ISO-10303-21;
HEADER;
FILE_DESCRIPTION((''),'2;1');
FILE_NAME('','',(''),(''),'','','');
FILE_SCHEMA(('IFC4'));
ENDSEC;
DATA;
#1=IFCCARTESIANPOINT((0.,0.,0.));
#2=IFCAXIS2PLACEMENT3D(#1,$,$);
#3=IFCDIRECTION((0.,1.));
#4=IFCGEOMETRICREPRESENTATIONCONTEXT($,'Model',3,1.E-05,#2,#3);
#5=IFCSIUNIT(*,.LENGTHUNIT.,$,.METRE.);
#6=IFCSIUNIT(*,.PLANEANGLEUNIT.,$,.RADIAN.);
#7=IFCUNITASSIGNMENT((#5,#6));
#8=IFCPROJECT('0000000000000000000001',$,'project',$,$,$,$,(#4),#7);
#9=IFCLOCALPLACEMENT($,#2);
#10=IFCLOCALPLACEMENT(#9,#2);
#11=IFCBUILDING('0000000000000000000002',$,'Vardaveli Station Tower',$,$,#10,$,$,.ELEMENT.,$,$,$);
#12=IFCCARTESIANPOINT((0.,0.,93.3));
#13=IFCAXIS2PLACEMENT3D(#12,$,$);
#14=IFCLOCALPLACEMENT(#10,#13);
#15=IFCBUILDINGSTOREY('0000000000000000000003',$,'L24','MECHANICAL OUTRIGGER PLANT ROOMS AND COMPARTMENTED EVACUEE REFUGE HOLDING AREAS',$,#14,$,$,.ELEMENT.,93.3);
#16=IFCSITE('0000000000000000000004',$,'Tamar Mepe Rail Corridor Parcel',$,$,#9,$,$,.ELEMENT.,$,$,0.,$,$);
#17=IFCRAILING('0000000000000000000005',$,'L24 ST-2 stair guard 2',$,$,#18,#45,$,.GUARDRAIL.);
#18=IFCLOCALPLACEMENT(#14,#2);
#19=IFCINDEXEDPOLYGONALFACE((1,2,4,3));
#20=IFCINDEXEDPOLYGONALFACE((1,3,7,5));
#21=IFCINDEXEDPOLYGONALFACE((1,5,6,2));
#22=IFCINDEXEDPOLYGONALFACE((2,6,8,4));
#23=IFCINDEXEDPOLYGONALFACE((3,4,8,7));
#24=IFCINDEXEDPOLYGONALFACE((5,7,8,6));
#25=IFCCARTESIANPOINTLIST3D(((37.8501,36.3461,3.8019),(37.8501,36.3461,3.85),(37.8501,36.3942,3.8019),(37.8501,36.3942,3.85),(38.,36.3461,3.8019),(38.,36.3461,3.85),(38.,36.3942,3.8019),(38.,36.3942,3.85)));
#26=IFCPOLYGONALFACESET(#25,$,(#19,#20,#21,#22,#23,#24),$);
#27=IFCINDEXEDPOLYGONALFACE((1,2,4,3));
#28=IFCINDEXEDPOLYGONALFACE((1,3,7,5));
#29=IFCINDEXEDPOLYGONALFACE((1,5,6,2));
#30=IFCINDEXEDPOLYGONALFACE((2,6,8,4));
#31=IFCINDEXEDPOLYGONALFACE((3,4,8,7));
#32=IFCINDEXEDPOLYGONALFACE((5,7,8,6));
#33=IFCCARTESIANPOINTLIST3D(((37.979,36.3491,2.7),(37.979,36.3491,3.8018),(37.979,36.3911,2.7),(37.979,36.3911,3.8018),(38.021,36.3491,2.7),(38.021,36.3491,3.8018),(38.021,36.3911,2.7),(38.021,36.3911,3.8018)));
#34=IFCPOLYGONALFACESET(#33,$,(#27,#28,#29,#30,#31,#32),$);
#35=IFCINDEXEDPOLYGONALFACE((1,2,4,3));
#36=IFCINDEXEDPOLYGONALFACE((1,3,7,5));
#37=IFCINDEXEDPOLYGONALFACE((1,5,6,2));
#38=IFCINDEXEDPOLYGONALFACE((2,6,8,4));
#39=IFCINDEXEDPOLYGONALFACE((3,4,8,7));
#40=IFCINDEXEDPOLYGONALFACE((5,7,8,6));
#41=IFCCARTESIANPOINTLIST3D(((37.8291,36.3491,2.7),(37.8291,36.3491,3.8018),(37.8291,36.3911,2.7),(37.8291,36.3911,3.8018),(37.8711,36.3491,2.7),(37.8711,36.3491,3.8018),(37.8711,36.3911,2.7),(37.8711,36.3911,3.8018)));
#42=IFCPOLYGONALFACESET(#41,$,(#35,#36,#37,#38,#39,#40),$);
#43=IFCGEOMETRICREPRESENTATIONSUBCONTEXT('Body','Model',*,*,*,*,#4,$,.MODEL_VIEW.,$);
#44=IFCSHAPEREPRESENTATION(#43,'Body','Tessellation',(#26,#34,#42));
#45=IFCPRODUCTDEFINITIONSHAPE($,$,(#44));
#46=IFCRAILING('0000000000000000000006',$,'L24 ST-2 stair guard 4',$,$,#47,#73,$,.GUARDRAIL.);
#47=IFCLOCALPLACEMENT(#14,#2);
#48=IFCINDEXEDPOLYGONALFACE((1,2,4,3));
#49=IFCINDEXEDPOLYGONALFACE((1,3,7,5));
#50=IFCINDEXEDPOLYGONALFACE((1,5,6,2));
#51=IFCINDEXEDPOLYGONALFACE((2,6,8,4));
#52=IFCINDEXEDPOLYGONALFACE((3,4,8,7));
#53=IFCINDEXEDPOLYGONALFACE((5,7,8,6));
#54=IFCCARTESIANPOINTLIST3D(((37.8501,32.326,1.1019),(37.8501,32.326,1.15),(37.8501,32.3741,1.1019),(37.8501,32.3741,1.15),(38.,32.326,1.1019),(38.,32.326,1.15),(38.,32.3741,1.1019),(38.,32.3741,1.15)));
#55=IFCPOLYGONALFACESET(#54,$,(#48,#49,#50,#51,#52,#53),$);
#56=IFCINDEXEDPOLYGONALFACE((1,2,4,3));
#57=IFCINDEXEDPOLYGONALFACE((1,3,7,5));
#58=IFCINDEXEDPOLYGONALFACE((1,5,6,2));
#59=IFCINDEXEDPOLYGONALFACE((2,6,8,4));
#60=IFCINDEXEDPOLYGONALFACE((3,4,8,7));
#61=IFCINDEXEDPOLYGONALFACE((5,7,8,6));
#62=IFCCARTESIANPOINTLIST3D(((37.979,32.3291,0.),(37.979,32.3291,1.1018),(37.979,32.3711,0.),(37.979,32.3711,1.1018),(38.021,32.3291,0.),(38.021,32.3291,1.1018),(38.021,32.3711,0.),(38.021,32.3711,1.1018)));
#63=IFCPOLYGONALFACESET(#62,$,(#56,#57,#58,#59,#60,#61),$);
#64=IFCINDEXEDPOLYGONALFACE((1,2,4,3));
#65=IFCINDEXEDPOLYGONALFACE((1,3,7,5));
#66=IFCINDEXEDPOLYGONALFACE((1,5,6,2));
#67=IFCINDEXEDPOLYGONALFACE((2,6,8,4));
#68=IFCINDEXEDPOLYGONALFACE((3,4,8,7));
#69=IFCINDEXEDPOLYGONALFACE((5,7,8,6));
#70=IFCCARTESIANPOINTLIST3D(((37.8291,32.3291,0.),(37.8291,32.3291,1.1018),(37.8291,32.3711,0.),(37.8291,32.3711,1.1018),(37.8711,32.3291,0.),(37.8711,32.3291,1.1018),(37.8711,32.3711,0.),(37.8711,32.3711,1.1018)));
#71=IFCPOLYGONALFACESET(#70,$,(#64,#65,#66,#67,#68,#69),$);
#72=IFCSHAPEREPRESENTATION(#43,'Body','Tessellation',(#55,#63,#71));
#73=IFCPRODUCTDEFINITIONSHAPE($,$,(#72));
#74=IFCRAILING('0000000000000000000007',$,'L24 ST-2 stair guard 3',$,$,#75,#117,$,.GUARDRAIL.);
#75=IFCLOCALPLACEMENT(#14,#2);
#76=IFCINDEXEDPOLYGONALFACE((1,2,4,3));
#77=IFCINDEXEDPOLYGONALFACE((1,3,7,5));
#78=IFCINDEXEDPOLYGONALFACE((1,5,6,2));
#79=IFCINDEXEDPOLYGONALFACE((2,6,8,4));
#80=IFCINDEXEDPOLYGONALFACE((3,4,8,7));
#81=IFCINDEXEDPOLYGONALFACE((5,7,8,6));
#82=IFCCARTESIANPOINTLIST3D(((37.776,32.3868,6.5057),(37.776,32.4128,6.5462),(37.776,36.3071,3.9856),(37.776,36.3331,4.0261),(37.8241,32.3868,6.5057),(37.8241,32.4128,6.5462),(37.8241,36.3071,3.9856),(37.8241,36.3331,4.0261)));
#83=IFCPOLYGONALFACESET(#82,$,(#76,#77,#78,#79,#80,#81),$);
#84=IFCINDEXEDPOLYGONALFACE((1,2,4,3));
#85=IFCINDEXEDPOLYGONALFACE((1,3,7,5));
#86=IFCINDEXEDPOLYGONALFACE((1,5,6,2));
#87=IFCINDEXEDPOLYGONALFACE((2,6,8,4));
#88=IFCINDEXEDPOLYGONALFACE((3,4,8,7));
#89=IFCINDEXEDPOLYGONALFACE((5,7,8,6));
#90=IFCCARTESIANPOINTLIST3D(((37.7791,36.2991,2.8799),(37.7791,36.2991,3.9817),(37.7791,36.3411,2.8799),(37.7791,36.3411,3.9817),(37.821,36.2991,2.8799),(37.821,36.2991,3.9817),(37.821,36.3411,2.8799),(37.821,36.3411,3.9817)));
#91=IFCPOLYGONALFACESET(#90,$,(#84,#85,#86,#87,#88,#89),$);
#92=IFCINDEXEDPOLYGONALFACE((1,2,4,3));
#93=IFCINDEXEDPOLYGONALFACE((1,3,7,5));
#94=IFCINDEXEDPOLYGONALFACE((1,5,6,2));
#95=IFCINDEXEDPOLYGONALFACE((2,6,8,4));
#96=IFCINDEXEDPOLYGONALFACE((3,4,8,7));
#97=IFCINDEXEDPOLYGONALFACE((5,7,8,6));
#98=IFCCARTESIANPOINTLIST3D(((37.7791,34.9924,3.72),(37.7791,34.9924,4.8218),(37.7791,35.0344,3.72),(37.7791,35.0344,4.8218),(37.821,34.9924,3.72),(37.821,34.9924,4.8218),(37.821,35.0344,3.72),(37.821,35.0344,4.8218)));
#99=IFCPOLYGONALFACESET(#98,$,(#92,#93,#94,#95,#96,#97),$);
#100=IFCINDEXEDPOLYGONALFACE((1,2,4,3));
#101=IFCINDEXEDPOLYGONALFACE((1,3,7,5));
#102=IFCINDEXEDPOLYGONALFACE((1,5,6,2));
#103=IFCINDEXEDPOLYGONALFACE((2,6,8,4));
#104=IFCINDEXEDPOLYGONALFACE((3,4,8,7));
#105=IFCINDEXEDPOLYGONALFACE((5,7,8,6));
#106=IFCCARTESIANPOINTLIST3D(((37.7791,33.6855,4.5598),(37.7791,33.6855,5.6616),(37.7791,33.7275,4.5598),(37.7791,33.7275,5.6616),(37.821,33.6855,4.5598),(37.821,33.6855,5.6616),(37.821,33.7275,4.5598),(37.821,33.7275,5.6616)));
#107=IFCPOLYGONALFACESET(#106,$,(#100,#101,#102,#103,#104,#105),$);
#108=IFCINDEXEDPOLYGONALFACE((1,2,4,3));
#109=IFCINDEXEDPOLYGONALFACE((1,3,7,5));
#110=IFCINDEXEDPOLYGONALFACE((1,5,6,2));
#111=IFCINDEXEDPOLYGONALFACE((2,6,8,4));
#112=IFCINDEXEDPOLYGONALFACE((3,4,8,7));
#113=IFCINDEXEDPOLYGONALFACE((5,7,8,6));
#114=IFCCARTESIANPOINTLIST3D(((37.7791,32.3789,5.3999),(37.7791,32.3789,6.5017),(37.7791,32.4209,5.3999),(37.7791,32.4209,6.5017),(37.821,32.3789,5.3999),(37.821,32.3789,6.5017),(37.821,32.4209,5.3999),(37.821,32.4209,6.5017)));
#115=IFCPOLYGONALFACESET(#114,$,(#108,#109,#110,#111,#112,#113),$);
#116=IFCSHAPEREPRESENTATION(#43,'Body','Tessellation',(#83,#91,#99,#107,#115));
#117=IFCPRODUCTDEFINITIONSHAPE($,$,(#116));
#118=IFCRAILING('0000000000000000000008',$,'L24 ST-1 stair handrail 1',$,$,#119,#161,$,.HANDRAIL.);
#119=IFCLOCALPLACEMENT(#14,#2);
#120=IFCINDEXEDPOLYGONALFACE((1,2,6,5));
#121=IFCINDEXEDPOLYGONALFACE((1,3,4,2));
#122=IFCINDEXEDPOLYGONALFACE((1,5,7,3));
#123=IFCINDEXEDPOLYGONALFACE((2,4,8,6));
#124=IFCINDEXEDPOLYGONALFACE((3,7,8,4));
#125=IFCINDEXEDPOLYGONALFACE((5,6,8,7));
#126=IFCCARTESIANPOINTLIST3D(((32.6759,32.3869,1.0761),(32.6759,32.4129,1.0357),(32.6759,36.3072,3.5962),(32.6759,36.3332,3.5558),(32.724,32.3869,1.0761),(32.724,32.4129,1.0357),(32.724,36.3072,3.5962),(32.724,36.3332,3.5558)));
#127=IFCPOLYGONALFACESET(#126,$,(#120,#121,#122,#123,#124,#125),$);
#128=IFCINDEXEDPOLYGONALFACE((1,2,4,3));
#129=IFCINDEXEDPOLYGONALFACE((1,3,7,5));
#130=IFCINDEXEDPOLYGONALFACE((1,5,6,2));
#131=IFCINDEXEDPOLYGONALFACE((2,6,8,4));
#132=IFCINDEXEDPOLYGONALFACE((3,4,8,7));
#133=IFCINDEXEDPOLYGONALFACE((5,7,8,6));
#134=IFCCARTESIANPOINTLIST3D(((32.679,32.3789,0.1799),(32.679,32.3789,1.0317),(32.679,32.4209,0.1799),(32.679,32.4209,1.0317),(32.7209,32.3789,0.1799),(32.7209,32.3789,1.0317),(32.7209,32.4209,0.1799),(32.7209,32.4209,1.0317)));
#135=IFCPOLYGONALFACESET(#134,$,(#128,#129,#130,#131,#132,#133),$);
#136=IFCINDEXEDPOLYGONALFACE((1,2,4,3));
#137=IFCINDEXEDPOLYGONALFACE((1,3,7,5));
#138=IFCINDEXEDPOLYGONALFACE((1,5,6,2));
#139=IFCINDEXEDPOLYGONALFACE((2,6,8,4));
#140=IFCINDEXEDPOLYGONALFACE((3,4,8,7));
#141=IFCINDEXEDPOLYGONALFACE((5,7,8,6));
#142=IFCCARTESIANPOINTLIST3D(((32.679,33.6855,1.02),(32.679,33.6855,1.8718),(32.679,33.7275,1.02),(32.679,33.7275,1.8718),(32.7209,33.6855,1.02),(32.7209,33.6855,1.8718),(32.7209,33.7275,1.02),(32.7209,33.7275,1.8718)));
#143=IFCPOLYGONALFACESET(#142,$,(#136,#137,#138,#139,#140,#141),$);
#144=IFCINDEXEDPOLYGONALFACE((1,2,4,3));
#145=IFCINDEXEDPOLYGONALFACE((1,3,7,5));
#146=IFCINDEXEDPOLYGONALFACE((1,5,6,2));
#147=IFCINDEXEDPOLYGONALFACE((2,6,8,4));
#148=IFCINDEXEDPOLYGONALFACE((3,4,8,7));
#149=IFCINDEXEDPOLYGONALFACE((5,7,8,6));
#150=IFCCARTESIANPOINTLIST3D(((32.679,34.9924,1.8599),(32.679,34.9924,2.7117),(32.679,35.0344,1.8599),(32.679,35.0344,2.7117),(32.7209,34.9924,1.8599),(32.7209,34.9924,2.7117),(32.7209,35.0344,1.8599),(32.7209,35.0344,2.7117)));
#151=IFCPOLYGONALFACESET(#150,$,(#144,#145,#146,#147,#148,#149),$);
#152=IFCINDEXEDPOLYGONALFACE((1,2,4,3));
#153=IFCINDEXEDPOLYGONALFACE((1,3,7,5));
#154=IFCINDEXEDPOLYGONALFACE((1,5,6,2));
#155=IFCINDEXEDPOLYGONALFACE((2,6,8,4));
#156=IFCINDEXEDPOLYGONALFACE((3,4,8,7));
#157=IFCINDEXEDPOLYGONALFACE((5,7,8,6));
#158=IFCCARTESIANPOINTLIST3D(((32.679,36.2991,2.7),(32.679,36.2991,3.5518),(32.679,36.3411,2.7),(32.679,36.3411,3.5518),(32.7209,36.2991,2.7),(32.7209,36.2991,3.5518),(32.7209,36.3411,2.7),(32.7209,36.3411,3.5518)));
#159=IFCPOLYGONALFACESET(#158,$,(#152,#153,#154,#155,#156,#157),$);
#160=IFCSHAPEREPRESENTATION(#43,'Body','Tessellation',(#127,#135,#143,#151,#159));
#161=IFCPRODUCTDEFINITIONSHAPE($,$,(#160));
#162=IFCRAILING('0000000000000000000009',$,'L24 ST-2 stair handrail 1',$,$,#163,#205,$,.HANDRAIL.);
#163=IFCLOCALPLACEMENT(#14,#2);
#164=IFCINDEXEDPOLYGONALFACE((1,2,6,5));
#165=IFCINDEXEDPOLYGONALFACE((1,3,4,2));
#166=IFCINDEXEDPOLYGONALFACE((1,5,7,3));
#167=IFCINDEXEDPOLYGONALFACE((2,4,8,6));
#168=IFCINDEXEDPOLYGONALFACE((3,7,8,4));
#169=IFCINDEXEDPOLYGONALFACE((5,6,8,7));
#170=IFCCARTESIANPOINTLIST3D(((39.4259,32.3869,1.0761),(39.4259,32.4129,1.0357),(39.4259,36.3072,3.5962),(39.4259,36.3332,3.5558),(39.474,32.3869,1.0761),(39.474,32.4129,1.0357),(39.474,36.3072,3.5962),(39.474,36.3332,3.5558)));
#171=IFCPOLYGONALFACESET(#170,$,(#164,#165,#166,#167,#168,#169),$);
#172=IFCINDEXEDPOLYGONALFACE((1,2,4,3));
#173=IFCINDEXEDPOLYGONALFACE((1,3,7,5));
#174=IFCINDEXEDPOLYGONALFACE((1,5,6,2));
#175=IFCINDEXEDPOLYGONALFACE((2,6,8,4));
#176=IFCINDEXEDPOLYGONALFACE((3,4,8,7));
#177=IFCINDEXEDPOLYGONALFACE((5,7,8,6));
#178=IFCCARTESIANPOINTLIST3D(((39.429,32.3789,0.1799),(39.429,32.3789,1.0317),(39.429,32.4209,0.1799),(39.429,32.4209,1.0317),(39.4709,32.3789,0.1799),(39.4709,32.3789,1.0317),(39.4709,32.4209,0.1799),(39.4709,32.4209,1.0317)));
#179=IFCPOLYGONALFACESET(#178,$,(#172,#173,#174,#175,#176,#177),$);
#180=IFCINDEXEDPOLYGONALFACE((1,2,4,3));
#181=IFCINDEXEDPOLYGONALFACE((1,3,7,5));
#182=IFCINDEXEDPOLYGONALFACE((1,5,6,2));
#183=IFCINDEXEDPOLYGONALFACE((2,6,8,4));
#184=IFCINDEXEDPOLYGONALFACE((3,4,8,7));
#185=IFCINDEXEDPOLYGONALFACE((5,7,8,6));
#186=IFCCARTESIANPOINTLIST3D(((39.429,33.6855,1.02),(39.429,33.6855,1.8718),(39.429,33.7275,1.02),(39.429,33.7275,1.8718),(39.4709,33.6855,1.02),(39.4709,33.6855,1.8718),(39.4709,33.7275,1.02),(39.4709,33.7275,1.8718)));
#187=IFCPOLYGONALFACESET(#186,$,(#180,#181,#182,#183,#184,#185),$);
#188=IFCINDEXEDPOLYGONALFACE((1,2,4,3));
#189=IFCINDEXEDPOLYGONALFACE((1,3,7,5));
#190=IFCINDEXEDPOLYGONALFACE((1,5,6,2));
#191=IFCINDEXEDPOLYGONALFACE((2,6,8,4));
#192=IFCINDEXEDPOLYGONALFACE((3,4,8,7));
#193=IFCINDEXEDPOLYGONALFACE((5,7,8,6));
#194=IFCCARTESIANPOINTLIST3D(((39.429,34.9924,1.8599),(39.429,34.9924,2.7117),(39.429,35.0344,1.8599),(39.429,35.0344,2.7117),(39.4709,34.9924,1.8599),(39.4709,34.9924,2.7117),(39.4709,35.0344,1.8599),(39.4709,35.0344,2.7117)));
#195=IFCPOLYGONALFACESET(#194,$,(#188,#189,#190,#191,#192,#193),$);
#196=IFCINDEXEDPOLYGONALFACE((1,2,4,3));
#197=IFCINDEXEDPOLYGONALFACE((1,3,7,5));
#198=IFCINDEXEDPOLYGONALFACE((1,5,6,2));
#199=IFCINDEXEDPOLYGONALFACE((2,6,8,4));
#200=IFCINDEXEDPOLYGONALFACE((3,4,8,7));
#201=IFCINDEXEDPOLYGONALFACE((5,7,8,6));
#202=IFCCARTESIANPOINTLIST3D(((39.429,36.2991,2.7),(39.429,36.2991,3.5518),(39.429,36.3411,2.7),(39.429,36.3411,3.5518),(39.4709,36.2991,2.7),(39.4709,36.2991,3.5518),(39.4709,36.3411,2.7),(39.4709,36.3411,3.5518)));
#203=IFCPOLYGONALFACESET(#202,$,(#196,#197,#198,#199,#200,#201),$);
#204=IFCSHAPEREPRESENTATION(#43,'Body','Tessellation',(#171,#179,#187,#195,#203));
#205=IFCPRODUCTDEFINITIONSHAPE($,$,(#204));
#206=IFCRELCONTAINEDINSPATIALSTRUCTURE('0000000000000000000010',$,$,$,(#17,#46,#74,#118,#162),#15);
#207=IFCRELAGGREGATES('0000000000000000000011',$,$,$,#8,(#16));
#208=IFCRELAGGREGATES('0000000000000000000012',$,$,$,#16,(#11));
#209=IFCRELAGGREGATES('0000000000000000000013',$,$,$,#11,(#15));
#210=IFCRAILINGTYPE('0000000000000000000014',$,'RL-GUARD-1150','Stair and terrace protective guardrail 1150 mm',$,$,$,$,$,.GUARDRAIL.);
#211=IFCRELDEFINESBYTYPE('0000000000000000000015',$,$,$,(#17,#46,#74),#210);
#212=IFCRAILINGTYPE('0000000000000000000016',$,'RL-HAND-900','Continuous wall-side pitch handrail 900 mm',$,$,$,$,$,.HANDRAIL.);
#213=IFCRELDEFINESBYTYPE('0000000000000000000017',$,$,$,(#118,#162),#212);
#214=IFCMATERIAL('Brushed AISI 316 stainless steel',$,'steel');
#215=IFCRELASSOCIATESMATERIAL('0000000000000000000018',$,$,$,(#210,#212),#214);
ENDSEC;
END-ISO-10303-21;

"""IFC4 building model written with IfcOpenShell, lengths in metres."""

from ifc_helpers import new_model, si_unit, direction, frame, origin, origin_2d, place, context, subcontext, project, spatial, rectangle, extrude, source, transform, mapped, material, type_object, element, save


model = new_model("IFC4")

# Units and contexts
model_context = context("Model", 3, precision=1e-05, world=origin(), true_north=direction((0.0, 1.0)))
body_context = subcontext(model_context, "Body", "Model", "MODEL_VIEW")
ifc_project = project(units=[si_unit("LENGTHUNIT", "METRE"), si_unit("PLANEANGLEUNIT", "RADIAN")], contexts=[model_context])

# Site, building, storey
site_placement = place(None, origin())
site = spatial("IfcSite", under=ifc_project, at=site_placement, Name="Tamar Mepe Rail Corridor Parcel", CompositionType="ELEMENT", RefElevation=0.0)
building_placement = place(site_placement, origin())
building = spatial("IfcBuilding", under=site, at=building_placement, Name="Vardaveli Station Tower", CompositionType="ELEMENT")
storey_placement = place(building_placement, frame((0.0, 0.0, 93.3)))
storey = spatial("IfcBuildingStorey", under=building, at=storey_placement, Name="L24", Description="MECHANICAL OUTRIGGER PLANT ROOMS AND COMPARTMENTED EVACUEE REFUGE HOLDING AREAS", CompositionType="ELEMENT", Elevation=93.3)

# Railings
ifc_material_1 = material(Name="Brushed AISI 316 stainless steel", Category="steel")
railing_type_1 = type_object("IfcRailingType", Name="RL-GUARD-1150", Description="Stair and terrace protective guardrail 1150 mm", PredefinedType="GUARDRAIL", material=ifc_material_1)
shared_shape_1 = source(origin(), body_context, "Body", "SweptSolid", [
    extrude(rectangle(XDim=0.0481, YDim=0.0481, at=origin_2d()), frame((0.0, 0.0, 1.126), z_axis=(-1.0, 0.0, 0.0), x_axis=(0.0, -1.0, 0.0)), (0.0, 0.0, 1.0), 0.1499),
    extrude(rectangle(XDim=0.042, YDim=0.042, at=origin_2d()), origin(), (0.0, 0.0, 1.0), 1.1018),
    extrude(rectangle(XDim=0.042, YDim=0.042, at=origin_2d()), frame((-0.1499, 0.0, 0.0)), (0.0, 0.0, 1.0), 1.1018),
])
for number, where, name in (
    (1, (38.0, 36.3701, 2.7), "L24 ST-2 stair guard 2"),
    (2, (38.0, 32.3501, 0.0), "L24 ST-2 stair guard 4"),
):
    element("IfcRailing", number, at=place(storey_placement, frame(where)), inside=storey, type_object=railing_type_1, Name=name, PredefinedType="GUARDRAIL", context=body_context, shape_type="MappedRepresentation", body=[
        mapped(shared_shape_1, transform((0.0, 0.0, 0.0), scale=1.0)),
    ])
shared_shape_2 = source(origin(), body_context, "Body", "SweptSolid", [
    extrude(rectangle(XDim=0.0481, YDim=0.0481, at=origin_2d()), frame((0.0, 0.0, 1.126), z_axis=(0.0, -0.841187, 0.540744), x_axis=(1.0, 0.0, 0.0)), (0.0, 0.0, 1.0), 4.6604),
    extrude(rectangle(XDim=0.042, YDim=0.042, at=origin_2d()), origin(), (0.0, 0.0, 1.0), 1.1018),
    extrude(rectangle(XDim=0.042, YDim=0.042, at=origin_2d()), frame((0.0, -1.3066, 0.8401)), (0.0, 0.0, 1.0), 1.1018),
    extrude(rectangle(XDim=0.042, YDim=0.042, at=origin_2d()), frame((0.0, -2.6135, 1.6799)), (0.0, 0.0, 1.0), 1.1018),
    extrude(rectangle(XDim=0.042, YDim=0.042, at=origin_2d()), frame((0.0, -3.9202, 2.52)), (0.0, 0.0, 1.0), 1.1018),
])
railing_1_placement = place(storey_placement, frame((37.8, 36.3201, 2.8799)))
element("IfcRailing", 3, at=railing_1_placement, inside=storey, type_object=railing_type_1, Name="L24 ST-2 stair guard 3", PredefinedType="GUARDRAIL", context=body_context, shape_type="MappedRepresentation", body=[
    mapped(shared_shape_2, transform((0.0, 0.0, 0.0), scale=1.0)),
])
railing_type_2 = type_object("IfcRailingType", Name="RL-HAND-900", Description="Continuous wall-side pitch handrail 900 mm", PredefinedType="HANDRAIL", material=ifc_material_1)
shared_shape_3 = source(origin(), body_context, "Body", "SweptSolid", [
    extrude(rectangle(XDim=0.0481, YDim=0.0481, at=origin_2d()), frame((0.0, 0.0, 0.876), z_axis=(0.0, 0.841187, 0.540744), x_axis=(-1.0, 0.0, 0.0)), (0.0, 0.0, 1.0), 4.6604),
    extrude(rectangle(XDim=0.042, YDim=0.042, at=origin_2d()), origin(), (0.0, 0.0, 1.0), 0.8518),
    extrude(rectangle(XDim=0.042, YDim=0.042, at=origin_2d()), frame((0.0, 1.3066, 0.8401)), (0.0, 0.0, 1.0), 0.8518),
    extrude(rectangle(XDim=0.042, YDim=0.042, at=origin_2d()), frame((0.0, 2.6135, 1.6799)), (0.0, 0.0, 1.0), 0.8518),
    extrude(rectangle(XDim=0.042, YDim=0.042, at=origin_2d()), frame((0.0, 3.9202, 2.52)), (0.0, 0.0, 1.0), 0.8518),
])
for number, where, name in (
    (4, (32.7, 32.3999, 0.1799), "L24 ST-1 stair handrail 1"),
    (5, (39.45, 32.3999, 0.1799), "L24 ST-2 stair handrail 1"),
):
    element("IfcRailing", number, at=place(storey_placement, frame(where)), inside=storey, type_object=railing_type_2, Name=name, PredefinedType="HANDRAIL", context=body_context, shape_type="MappedRepresentation", body=[
        mapped(shared_shape_3, transform((0.0, 0.0, 0.0), scale=1.0)),
    ])

save(model, "model.ifc")
